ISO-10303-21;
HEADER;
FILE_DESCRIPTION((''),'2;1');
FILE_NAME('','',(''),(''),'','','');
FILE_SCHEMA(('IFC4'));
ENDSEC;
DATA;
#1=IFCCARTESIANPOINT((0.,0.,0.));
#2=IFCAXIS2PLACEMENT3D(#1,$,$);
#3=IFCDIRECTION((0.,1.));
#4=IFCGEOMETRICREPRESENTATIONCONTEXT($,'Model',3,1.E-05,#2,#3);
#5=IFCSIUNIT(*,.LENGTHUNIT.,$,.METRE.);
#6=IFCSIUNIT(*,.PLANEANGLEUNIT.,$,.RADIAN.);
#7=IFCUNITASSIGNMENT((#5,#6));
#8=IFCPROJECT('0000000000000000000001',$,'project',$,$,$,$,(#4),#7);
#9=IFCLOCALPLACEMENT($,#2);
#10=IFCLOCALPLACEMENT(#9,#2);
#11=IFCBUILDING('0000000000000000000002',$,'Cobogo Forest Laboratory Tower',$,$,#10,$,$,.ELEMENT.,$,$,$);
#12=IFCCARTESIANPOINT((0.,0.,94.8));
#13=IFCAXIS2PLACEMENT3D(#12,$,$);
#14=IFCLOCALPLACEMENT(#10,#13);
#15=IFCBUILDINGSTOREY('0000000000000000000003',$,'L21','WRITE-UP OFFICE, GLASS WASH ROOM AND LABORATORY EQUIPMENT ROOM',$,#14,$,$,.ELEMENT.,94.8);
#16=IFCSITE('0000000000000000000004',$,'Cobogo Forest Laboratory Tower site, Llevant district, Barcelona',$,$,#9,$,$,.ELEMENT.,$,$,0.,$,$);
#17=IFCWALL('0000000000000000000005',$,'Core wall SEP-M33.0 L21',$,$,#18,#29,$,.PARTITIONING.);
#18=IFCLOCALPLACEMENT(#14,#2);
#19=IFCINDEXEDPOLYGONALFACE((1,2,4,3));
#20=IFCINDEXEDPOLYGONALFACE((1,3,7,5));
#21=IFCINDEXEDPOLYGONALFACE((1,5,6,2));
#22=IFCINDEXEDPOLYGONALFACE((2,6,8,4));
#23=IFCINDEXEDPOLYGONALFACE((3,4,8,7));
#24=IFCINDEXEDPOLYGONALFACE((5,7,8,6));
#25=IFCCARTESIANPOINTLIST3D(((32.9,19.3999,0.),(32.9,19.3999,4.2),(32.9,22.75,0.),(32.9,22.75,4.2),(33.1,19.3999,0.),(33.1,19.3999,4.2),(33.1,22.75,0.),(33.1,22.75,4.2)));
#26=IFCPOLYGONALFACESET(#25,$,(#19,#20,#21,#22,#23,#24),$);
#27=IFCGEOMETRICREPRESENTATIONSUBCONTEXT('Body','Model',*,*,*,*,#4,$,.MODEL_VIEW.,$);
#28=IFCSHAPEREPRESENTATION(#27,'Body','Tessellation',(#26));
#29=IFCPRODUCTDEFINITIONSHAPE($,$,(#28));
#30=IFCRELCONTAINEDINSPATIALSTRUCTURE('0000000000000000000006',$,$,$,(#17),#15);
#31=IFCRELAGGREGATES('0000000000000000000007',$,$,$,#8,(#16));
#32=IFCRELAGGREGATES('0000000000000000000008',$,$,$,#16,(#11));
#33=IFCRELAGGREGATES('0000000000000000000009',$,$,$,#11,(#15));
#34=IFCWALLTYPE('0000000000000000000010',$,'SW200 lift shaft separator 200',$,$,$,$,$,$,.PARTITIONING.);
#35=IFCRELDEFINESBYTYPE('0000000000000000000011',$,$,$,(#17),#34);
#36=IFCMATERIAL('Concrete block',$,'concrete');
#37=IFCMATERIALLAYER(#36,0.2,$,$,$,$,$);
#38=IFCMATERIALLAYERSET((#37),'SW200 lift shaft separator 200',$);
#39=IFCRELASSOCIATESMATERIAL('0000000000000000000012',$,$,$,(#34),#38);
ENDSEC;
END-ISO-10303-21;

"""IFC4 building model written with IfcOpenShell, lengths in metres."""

from ifc_helpers import new_model, si_unit, direction, frame, frame_2d, origin, place, context, subcontext, project, spatial, rectangle, extrude, material, layer, layer_set, type_object, element, save


model = new_model("IFC4")

# Units and contexts
model_context = context("Model", 3, precision=1e-05, world=origin(), true_north=direction((0.0, 1.0)))
body_context = subcontext(model_context, "Body", "Model", "MODEL_VIEW")
ifc_project = project(units=[si_unit("LENGTHUNIT", "METRE"), si_unit("PLANEANGLEUNIT", "RADIAN")], contexts=[model_context])

# Site, building, storey
site_placement = place(None, origin())
site = spatial("IfcSite", under=ifc_project, at=site_placement, Name="Cobogo Forest Laboratory Tower site, Llevant district, Barcelona", CompositionType="ELEMENT", RefElevation=0.0)
building_placement = place(site_placement, origin())
building = spatial("IfcBuilding", under=site, at=building_placement, Name="Cobogo Forest Laboratory Tower", CompositionType="ELEMENT")
storey_placement = place(building_placement, frame((0.0, 0.0, 94.8)))
storey = spatial("IfcBuildingStorey", under=building, at=storey_placement, Name="L21", Description="WRITE-UP OFFICE, GLASS WASH ROOM AND LABORATORY EQUIPMENT ROOM", CompositionType="ELEMENT", Elevation=94.8)

# Wall
ifc_material_1 = material(Name="Concrete block", Category="concrete")
ifc_layer_1 = layer(ifc_material_1, 0.2)
ifc_layer_set_1 = layer_set([ifc_layer_1], Name="SW200 lift shaft separator 200")
wall_type_1 = type_object("IfcWallType", Name="SW200 lift shaft separator 200", PredefinedType="PARTITIONING", material=ifc_layer_set_1)
wall_1_placement = place(storey_placement, frame((33.0, 19.3999, 0.0), z_axis=(0.0, 0.0, 1.0), x_axis=(0.0, 1.0, 0.0)))
element("IfcWall", 1, at=wall_1_placement, inside=storey, type_object=wall_type_1, Name="Core wall SEP-M33.0 L21", PredefinedType="PARTITIONING", context=body_context, shape_type="SweptSolid", body=[
    extrude(rectangle(XDim=3.3501, YDim=0.2, at=frame_2d((1.675, 0.0))), origin(), (0.0, 0.0, 1.0), 4.2),
])

save(model, "model.ifc")
